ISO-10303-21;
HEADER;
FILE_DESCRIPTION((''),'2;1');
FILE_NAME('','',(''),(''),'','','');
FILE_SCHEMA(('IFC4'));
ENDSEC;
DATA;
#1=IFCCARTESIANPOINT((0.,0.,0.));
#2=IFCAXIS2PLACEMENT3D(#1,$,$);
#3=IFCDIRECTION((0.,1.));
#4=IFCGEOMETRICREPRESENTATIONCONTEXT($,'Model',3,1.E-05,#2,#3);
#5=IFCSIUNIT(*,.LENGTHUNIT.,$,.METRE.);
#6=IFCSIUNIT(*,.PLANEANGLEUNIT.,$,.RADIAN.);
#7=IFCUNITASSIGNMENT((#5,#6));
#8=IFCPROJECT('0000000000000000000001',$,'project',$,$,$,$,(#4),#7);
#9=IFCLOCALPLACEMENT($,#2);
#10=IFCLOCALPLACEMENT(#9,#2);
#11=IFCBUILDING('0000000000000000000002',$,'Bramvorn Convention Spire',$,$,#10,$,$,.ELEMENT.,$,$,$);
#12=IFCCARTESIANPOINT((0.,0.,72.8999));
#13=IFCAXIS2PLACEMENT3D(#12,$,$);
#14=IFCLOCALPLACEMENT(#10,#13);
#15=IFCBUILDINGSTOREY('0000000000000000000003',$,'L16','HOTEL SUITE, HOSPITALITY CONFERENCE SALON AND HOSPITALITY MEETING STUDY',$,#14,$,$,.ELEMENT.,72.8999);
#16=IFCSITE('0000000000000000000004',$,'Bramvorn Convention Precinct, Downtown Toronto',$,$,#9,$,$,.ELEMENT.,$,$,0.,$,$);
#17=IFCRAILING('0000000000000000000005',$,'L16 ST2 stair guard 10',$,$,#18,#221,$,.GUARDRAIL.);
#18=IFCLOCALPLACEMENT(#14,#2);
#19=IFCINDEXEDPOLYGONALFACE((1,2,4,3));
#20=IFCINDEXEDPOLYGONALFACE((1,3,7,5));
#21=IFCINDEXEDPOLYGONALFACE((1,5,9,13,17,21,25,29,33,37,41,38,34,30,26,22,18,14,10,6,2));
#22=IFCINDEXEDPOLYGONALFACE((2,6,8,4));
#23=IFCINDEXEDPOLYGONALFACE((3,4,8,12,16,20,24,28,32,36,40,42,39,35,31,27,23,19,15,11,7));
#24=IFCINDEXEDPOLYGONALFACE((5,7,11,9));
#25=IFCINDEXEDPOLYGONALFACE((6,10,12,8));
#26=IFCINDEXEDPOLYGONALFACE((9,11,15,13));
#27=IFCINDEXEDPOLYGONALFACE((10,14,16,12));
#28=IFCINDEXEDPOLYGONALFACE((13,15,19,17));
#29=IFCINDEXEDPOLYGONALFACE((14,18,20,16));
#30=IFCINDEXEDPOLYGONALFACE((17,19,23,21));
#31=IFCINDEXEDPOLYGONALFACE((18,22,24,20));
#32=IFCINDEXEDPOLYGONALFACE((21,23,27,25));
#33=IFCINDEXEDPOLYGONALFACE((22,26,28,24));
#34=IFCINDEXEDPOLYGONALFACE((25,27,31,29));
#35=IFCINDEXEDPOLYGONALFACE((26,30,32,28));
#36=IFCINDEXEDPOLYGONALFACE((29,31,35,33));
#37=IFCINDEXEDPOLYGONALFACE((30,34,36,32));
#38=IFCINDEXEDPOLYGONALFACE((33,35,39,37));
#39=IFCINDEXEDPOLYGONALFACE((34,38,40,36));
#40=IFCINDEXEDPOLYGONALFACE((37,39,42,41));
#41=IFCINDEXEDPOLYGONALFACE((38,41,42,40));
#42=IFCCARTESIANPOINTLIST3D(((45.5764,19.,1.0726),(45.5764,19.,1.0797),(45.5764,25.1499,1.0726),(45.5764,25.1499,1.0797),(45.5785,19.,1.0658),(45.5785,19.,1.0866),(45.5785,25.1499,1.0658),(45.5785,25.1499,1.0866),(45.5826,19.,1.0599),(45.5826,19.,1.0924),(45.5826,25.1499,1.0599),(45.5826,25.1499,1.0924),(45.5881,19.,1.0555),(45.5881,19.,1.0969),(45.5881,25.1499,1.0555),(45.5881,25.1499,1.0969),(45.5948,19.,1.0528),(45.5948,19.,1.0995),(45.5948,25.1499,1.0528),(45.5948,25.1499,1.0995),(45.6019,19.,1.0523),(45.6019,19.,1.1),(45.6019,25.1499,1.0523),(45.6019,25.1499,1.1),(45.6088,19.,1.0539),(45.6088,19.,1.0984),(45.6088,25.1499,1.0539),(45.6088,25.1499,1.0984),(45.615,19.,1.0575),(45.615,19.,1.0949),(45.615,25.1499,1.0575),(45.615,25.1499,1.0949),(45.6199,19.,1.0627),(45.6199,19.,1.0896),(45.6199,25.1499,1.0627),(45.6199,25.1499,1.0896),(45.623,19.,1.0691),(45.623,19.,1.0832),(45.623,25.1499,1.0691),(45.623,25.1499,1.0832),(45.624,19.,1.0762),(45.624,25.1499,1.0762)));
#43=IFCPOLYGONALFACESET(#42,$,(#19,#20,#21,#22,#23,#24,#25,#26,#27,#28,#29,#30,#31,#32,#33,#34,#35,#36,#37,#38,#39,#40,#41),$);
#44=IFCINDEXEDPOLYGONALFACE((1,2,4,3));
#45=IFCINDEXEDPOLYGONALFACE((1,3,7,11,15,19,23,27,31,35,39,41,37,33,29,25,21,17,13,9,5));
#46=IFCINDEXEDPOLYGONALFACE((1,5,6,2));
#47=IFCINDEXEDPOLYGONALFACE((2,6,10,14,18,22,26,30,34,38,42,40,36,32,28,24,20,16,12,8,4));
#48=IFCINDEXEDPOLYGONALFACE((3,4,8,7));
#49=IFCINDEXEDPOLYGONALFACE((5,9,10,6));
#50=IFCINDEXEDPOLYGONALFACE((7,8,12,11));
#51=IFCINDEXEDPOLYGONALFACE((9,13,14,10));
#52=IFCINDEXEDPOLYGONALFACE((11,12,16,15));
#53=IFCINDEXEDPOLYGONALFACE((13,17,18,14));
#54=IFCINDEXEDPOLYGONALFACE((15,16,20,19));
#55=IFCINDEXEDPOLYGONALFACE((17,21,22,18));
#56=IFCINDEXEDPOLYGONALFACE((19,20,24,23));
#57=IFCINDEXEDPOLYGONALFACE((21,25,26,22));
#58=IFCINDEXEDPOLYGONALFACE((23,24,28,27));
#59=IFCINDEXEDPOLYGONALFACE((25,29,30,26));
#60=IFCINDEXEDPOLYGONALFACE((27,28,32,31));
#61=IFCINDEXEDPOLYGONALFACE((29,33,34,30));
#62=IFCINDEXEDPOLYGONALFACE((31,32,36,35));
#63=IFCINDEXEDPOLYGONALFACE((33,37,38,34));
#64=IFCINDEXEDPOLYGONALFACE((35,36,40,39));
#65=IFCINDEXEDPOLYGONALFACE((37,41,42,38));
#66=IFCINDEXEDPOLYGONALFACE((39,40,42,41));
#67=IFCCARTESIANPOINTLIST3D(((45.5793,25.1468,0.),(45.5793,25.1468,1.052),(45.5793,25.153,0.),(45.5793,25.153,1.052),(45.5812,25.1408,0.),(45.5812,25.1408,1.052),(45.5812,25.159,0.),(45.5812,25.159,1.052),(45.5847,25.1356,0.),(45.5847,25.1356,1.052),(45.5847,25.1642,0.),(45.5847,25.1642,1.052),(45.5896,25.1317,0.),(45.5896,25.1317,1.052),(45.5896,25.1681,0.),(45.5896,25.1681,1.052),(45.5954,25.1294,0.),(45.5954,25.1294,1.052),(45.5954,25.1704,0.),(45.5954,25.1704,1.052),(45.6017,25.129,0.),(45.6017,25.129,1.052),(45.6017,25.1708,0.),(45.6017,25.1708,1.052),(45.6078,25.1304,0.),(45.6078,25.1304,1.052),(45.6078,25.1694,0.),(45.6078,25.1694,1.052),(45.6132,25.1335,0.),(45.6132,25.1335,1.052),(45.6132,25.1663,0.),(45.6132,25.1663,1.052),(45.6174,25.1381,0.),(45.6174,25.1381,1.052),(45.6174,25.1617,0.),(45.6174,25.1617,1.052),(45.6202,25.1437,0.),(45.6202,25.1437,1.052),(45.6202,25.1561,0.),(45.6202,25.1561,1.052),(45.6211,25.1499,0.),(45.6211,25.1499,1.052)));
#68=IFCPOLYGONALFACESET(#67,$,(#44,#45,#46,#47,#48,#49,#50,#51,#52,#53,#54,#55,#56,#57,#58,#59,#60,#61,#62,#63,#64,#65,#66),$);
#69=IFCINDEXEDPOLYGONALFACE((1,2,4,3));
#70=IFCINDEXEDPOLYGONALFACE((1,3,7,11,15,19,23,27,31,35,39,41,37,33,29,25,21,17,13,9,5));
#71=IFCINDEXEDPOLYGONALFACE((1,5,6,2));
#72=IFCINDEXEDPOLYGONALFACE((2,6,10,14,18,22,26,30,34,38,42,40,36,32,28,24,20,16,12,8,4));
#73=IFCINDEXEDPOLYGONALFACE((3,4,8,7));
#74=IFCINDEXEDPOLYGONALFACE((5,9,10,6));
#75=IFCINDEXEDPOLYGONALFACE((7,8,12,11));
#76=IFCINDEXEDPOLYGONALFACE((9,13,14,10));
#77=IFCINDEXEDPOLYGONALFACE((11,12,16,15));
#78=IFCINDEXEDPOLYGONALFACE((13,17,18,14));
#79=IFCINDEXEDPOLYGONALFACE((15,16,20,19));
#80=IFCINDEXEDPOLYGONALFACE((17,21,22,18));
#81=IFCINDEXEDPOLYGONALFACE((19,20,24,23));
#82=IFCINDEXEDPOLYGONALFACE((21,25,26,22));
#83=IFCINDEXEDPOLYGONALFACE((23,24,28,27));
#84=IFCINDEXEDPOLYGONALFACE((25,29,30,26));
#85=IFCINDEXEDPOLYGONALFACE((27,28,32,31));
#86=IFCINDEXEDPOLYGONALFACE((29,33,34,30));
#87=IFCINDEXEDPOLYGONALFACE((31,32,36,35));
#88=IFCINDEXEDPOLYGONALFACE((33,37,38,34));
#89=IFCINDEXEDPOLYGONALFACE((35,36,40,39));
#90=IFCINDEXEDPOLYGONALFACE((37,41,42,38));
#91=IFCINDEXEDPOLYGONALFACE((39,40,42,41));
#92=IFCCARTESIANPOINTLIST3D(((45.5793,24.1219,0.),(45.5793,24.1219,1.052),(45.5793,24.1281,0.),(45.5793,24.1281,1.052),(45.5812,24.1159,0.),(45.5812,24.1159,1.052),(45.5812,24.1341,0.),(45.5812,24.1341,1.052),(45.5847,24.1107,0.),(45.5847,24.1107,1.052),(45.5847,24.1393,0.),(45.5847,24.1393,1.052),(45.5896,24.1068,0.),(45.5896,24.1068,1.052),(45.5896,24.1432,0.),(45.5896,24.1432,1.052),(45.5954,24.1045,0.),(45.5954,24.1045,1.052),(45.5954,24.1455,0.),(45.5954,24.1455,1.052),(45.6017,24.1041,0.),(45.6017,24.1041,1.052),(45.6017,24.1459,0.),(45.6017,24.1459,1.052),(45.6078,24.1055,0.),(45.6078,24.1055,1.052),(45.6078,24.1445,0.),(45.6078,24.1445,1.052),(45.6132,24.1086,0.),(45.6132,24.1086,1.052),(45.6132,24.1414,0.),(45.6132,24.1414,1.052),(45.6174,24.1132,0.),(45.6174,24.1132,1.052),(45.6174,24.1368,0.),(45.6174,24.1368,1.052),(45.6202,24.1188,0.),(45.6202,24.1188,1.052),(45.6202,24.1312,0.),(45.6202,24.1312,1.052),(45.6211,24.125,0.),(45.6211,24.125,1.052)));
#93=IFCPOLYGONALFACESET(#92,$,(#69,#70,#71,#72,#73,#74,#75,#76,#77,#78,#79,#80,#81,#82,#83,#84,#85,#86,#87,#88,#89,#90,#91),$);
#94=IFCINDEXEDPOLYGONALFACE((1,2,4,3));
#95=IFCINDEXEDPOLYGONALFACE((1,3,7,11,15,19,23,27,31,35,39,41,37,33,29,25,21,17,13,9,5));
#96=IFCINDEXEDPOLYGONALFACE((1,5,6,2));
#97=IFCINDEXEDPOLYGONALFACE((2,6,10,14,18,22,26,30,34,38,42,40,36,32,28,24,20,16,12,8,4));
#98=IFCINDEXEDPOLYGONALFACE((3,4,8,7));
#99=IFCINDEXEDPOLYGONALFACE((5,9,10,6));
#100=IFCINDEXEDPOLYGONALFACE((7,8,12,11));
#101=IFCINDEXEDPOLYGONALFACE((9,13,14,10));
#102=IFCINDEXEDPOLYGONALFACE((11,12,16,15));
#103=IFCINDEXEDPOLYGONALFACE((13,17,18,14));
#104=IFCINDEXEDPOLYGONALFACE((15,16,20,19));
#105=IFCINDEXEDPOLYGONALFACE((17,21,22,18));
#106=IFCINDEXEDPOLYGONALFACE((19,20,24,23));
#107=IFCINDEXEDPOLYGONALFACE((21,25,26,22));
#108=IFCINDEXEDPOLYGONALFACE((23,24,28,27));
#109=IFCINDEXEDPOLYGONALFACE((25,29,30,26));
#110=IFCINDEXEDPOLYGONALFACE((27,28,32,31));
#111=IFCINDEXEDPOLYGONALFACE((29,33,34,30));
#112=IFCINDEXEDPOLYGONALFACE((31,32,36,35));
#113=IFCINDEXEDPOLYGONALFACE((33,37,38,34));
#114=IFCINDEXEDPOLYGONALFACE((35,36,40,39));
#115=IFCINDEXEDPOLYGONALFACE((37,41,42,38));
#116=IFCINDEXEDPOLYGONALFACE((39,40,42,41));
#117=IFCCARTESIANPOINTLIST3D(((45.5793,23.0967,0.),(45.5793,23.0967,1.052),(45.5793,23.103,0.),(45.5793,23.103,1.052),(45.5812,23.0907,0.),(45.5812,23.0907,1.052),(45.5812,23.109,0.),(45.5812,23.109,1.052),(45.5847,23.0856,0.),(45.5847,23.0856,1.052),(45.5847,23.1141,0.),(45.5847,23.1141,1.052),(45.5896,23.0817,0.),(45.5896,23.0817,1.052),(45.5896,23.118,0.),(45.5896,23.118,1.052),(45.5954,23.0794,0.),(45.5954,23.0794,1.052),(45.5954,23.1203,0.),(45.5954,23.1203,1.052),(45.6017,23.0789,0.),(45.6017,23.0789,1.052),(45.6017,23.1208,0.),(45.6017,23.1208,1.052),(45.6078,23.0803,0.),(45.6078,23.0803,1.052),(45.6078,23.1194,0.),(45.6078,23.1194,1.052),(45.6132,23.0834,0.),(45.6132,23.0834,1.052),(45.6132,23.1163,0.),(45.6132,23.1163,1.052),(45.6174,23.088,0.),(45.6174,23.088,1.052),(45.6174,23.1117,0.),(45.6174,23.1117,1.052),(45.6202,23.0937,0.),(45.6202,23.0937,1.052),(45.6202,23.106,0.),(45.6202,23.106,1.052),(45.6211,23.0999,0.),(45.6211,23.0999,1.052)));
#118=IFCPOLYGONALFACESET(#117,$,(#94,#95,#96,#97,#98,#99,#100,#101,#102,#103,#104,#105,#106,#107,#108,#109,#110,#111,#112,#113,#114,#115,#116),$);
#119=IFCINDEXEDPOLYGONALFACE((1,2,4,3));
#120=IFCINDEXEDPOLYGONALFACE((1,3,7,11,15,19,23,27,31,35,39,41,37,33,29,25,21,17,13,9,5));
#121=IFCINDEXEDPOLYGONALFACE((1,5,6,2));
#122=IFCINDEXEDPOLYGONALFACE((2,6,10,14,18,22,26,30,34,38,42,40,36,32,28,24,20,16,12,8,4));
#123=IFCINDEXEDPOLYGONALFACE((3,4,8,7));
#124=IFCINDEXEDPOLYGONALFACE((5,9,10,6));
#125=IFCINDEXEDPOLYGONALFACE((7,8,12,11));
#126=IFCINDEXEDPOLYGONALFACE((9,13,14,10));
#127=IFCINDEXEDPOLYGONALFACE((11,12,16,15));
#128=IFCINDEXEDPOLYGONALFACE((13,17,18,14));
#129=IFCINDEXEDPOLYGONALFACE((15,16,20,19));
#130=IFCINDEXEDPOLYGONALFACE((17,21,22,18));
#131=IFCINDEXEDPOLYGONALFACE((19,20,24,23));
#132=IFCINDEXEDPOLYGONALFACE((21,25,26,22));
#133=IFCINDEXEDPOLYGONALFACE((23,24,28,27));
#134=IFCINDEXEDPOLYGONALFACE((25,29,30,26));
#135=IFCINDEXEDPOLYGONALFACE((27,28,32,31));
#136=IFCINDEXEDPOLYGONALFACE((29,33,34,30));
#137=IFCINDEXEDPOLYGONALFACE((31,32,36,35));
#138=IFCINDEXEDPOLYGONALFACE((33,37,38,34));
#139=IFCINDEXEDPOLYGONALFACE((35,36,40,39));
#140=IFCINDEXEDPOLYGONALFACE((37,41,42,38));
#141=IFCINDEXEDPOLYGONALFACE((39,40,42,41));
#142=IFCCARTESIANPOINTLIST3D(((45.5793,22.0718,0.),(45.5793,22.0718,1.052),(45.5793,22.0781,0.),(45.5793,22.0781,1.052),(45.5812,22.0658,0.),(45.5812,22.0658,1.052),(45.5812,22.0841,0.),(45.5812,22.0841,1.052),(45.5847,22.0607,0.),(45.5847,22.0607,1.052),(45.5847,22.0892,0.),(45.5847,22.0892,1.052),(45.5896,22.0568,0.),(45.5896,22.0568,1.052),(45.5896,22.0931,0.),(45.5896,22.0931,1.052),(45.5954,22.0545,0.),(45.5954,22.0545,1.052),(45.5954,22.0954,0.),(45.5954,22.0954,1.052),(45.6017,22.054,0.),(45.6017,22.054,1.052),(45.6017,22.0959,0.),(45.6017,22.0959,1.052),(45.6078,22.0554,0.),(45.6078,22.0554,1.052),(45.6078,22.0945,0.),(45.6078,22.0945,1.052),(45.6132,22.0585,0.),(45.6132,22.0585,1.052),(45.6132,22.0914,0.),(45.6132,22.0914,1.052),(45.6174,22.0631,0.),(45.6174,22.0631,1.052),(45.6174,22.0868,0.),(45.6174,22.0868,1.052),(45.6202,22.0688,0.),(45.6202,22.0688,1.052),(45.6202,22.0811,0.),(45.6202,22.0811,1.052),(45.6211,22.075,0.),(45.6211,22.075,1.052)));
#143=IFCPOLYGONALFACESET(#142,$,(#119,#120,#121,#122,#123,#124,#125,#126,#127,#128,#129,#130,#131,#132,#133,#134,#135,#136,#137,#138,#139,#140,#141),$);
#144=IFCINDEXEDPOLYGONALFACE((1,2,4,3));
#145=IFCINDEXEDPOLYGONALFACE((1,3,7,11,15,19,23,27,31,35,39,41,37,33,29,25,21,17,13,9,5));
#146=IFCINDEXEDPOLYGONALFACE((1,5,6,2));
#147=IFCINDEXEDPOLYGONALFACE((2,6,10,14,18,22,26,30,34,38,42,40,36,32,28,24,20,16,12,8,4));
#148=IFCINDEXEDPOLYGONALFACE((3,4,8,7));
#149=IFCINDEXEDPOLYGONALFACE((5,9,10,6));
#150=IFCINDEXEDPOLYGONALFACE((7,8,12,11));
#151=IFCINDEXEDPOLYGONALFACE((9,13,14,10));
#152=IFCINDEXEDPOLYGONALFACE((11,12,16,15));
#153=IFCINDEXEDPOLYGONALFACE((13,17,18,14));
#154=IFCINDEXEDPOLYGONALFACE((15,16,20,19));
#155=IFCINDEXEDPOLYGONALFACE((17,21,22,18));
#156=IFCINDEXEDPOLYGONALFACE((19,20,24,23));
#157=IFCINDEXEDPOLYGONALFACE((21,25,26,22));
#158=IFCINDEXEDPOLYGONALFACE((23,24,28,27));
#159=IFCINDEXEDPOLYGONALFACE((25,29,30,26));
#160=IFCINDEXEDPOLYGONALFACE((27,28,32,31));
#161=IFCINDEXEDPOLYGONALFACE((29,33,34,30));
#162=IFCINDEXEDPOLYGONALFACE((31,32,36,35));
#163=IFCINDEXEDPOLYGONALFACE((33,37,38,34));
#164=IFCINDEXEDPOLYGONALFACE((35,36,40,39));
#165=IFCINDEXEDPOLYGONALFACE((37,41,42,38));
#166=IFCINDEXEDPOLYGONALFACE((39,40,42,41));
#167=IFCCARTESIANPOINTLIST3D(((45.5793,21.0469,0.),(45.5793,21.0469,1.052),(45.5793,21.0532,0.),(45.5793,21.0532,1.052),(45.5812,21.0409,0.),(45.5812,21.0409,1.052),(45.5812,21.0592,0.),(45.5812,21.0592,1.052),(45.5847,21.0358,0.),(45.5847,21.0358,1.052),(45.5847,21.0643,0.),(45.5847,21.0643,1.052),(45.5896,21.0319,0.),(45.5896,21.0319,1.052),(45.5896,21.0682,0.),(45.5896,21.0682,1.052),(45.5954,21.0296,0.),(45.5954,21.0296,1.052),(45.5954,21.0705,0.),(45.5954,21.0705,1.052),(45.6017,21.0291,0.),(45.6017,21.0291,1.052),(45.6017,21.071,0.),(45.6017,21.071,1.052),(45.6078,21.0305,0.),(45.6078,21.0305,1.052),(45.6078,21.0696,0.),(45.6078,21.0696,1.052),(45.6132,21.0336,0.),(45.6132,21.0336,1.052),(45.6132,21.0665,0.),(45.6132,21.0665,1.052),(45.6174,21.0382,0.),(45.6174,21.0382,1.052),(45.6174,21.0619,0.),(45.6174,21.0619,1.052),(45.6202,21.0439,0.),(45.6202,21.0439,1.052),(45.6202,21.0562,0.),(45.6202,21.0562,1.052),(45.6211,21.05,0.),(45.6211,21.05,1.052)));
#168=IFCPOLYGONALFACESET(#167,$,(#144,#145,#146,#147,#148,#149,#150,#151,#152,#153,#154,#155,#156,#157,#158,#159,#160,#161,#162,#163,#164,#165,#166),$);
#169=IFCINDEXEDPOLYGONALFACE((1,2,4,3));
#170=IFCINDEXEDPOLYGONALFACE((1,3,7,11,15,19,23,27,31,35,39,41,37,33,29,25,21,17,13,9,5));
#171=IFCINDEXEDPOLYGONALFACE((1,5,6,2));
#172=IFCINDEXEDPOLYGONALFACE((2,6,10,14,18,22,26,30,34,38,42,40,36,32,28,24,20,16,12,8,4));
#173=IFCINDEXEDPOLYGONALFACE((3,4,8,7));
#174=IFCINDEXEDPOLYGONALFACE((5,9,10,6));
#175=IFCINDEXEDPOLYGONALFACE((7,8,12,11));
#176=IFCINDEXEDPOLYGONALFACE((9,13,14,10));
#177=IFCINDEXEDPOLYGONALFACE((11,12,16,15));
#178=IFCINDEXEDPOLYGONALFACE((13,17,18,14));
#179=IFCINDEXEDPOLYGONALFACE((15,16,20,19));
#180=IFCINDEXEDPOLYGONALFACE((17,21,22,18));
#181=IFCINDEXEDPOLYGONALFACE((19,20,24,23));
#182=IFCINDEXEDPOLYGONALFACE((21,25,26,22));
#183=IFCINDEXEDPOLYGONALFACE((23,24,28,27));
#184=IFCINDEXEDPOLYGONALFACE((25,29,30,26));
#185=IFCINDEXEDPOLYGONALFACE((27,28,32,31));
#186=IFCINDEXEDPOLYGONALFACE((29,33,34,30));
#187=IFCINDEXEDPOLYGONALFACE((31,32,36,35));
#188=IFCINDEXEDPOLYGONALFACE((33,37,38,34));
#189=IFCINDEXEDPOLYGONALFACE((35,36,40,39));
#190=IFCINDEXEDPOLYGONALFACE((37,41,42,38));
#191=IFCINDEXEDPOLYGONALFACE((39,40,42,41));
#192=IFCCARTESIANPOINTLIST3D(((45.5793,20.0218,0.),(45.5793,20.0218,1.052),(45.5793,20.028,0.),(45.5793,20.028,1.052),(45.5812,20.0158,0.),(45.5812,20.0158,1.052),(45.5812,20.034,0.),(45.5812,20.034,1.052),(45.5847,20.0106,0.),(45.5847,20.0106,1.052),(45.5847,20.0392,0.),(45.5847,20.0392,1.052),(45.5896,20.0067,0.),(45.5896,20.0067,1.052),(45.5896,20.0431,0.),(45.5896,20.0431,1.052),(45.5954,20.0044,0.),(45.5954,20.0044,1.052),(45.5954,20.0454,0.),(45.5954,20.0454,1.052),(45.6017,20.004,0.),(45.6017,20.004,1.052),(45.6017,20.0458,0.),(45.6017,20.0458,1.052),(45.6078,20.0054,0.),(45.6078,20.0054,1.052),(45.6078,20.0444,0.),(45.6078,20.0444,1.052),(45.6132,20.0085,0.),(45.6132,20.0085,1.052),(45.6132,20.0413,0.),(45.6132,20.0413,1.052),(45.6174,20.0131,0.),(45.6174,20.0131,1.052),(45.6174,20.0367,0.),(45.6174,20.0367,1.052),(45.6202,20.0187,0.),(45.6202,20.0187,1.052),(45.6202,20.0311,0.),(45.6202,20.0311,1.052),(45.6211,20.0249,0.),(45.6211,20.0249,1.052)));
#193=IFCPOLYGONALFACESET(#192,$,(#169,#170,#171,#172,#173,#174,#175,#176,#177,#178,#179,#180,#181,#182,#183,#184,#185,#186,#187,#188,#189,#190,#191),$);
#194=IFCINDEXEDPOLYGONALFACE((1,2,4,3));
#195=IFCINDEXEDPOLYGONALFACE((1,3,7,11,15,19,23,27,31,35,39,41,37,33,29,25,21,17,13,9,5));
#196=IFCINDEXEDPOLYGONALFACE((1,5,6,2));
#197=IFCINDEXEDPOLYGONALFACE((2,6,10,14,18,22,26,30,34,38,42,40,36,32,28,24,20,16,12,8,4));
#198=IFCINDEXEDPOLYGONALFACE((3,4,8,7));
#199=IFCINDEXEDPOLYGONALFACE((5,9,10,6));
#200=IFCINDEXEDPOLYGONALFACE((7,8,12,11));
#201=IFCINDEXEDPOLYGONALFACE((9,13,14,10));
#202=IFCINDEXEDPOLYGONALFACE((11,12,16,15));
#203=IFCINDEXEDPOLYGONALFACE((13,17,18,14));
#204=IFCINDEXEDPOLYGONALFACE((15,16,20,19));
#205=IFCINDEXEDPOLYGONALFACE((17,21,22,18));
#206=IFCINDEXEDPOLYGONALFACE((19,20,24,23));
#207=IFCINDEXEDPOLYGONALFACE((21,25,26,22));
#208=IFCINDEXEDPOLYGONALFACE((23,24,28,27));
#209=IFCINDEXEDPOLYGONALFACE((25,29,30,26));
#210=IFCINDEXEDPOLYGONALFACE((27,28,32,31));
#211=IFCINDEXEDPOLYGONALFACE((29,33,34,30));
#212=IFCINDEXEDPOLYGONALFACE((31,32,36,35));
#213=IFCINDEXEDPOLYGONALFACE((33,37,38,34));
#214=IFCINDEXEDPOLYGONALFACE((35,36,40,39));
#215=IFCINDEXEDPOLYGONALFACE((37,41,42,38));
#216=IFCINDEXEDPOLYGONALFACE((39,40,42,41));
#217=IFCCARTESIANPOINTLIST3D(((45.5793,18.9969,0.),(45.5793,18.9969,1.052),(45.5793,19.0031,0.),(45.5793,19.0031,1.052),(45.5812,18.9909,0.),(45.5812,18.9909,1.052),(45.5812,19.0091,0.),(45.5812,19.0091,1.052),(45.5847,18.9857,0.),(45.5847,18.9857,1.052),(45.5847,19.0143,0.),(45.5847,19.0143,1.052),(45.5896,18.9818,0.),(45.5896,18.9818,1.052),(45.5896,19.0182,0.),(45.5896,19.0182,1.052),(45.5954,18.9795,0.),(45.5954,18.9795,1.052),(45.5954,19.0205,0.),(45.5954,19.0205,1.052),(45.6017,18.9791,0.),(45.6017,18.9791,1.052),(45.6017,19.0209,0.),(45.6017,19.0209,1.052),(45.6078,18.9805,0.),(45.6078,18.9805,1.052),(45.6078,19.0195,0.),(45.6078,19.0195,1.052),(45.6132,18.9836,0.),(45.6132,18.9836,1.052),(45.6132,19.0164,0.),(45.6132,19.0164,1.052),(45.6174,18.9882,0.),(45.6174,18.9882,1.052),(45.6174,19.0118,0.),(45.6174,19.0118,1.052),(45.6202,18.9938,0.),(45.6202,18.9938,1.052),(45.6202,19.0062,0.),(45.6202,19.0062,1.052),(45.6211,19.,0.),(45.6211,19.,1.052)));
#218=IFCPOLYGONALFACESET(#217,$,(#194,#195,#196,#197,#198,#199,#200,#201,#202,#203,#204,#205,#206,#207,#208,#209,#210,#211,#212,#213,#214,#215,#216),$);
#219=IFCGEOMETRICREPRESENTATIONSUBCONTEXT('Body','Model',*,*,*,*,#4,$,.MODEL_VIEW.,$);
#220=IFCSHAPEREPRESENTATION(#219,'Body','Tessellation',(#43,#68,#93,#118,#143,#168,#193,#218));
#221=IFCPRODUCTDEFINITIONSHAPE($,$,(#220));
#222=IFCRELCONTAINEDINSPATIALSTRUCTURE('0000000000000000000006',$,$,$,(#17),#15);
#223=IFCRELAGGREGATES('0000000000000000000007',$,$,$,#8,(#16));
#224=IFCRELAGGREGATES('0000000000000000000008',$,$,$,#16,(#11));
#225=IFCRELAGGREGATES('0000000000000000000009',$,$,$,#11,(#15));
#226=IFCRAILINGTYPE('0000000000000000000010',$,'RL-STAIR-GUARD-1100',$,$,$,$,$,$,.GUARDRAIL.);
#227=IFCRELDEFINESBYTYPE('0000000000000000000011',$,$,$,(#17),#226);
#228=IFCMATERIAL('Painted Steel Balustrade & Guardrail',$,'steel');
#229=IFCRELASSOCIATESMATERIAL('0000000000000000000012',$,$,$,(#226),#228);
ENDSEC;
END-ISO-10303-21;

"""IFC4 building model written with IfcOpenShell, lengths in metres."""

from ifc_helpers import new_model, si_unit, direction, frame, origin, origin_2d, place, context, subcontext, project, spatial, circle, extrude, material, type_object, element, save


model = new_model("IFC4")

# Units and contexts
model_context = context("Model", 3, precision=1e-05, world=origin(), true_north=direction((0.0, 1.0)))
body_context = subcontext(model_context, "Body", "Model", "MODEL_VIEW")
ifc_project = project(units=[si_unit("LENGTHUNIT", "METRE"), si_unit("PLANEANGLEUNIT", "RADIAN")], contexts=[model_context])

# Site, building, storey
site_placement = place(None, origin())
site = spatial("IfcSite", under=ifc_project, at=site_placement, Name="Bramvorn Convention Precinct, Downtown Toronto", CompositionType="ELEMENT", RefElevation=0.0)
building_placement = place(site_placement, origin())
building = spatial("IfcBuilding", under=site, at=building_placement, Name="Bramvorn Convention Spire", CompositionType="ELEMENT")
storey_placement = place(building_placement, frame((0.0, 0.0, 72.8999)))
storey = spatial("IfcBuildingStorey", under=building, at=storey_placement, Name="L16", Description="HOTEL SUITE, HOSPITALITY CONFERENCE SALON AND HOSPITALITY MEETING STUDY", CompositionType="ELEMENT", Elevation=72.8999)

# Railing
ifc_material_1 = material(Name="Painted Steel Balustrade & Guardrail", Category="steel")
railing_type_1 = type_object("IfcRailingType", Name="RL-STAIR-GUARD-1100", PredefinedType="GUARDRAIL", material=ifc_material_1)
railing_1_placement = place(storey_placement, frame((45.6001, 25.1499, 0.0)))
element("IfcRailing", 1, at=railing_1_placement, inside=storey, type_object=railing_type_1, Name="L16 ST2 stair guard 10", PredefinedType="GUARDRAIL", context=body_context, shape_type="SweptSolid", body=[
    extrude(circle(Radius=0.0239, at=origin_2d()), frame((0.0, 0.0, 1.0762), z_axis=(0.0, -1.0, 0.0), x_axis=(1.0, 0.0, 0.0)), (0.0, 0.0, 1.0), 6.1499),
    extrude(circle(Radius=0.021, at=origin_2d()), origin(), (0.0, 0.0, 1.0), 1.052),
    extrude(circle(Radius=0.021, at=origin_2d()), frame((0.0, -1.0249, 0.0)), (0.0, 0.0, 1.0), 1.052),
    extrude(circle(Radius=0.021, at=origin_2d()), frame((0.0, -2.05, 0.0)), (0.0, 0.0, 1.0), 1.052),
    extrude(circle(Radius=0.021, at=origin_2d()), frame((0.0, -3.075, 0.0)), (0.0, 0.0, 1.0), 1.052),
    extrude(circle(Radius=0.021, at=origin_2d()), frame((0.0, -4.0999, 0.0)), (0.0, 0.0, 1.0), 1.052),
    extrude(circle(Radius=0.021, at=origin_2d()), frame((0.0, -5.125, 0.0)), (0.0, 0.0, 1.0), 1.052),
    extrude(circle(Radius=0.021, at=origin_2d()), frame((0.0, -6.1499, 0.0)), (0.0, 0.0, 1.0), 1.052),
])

save(model, "model.ifc")
